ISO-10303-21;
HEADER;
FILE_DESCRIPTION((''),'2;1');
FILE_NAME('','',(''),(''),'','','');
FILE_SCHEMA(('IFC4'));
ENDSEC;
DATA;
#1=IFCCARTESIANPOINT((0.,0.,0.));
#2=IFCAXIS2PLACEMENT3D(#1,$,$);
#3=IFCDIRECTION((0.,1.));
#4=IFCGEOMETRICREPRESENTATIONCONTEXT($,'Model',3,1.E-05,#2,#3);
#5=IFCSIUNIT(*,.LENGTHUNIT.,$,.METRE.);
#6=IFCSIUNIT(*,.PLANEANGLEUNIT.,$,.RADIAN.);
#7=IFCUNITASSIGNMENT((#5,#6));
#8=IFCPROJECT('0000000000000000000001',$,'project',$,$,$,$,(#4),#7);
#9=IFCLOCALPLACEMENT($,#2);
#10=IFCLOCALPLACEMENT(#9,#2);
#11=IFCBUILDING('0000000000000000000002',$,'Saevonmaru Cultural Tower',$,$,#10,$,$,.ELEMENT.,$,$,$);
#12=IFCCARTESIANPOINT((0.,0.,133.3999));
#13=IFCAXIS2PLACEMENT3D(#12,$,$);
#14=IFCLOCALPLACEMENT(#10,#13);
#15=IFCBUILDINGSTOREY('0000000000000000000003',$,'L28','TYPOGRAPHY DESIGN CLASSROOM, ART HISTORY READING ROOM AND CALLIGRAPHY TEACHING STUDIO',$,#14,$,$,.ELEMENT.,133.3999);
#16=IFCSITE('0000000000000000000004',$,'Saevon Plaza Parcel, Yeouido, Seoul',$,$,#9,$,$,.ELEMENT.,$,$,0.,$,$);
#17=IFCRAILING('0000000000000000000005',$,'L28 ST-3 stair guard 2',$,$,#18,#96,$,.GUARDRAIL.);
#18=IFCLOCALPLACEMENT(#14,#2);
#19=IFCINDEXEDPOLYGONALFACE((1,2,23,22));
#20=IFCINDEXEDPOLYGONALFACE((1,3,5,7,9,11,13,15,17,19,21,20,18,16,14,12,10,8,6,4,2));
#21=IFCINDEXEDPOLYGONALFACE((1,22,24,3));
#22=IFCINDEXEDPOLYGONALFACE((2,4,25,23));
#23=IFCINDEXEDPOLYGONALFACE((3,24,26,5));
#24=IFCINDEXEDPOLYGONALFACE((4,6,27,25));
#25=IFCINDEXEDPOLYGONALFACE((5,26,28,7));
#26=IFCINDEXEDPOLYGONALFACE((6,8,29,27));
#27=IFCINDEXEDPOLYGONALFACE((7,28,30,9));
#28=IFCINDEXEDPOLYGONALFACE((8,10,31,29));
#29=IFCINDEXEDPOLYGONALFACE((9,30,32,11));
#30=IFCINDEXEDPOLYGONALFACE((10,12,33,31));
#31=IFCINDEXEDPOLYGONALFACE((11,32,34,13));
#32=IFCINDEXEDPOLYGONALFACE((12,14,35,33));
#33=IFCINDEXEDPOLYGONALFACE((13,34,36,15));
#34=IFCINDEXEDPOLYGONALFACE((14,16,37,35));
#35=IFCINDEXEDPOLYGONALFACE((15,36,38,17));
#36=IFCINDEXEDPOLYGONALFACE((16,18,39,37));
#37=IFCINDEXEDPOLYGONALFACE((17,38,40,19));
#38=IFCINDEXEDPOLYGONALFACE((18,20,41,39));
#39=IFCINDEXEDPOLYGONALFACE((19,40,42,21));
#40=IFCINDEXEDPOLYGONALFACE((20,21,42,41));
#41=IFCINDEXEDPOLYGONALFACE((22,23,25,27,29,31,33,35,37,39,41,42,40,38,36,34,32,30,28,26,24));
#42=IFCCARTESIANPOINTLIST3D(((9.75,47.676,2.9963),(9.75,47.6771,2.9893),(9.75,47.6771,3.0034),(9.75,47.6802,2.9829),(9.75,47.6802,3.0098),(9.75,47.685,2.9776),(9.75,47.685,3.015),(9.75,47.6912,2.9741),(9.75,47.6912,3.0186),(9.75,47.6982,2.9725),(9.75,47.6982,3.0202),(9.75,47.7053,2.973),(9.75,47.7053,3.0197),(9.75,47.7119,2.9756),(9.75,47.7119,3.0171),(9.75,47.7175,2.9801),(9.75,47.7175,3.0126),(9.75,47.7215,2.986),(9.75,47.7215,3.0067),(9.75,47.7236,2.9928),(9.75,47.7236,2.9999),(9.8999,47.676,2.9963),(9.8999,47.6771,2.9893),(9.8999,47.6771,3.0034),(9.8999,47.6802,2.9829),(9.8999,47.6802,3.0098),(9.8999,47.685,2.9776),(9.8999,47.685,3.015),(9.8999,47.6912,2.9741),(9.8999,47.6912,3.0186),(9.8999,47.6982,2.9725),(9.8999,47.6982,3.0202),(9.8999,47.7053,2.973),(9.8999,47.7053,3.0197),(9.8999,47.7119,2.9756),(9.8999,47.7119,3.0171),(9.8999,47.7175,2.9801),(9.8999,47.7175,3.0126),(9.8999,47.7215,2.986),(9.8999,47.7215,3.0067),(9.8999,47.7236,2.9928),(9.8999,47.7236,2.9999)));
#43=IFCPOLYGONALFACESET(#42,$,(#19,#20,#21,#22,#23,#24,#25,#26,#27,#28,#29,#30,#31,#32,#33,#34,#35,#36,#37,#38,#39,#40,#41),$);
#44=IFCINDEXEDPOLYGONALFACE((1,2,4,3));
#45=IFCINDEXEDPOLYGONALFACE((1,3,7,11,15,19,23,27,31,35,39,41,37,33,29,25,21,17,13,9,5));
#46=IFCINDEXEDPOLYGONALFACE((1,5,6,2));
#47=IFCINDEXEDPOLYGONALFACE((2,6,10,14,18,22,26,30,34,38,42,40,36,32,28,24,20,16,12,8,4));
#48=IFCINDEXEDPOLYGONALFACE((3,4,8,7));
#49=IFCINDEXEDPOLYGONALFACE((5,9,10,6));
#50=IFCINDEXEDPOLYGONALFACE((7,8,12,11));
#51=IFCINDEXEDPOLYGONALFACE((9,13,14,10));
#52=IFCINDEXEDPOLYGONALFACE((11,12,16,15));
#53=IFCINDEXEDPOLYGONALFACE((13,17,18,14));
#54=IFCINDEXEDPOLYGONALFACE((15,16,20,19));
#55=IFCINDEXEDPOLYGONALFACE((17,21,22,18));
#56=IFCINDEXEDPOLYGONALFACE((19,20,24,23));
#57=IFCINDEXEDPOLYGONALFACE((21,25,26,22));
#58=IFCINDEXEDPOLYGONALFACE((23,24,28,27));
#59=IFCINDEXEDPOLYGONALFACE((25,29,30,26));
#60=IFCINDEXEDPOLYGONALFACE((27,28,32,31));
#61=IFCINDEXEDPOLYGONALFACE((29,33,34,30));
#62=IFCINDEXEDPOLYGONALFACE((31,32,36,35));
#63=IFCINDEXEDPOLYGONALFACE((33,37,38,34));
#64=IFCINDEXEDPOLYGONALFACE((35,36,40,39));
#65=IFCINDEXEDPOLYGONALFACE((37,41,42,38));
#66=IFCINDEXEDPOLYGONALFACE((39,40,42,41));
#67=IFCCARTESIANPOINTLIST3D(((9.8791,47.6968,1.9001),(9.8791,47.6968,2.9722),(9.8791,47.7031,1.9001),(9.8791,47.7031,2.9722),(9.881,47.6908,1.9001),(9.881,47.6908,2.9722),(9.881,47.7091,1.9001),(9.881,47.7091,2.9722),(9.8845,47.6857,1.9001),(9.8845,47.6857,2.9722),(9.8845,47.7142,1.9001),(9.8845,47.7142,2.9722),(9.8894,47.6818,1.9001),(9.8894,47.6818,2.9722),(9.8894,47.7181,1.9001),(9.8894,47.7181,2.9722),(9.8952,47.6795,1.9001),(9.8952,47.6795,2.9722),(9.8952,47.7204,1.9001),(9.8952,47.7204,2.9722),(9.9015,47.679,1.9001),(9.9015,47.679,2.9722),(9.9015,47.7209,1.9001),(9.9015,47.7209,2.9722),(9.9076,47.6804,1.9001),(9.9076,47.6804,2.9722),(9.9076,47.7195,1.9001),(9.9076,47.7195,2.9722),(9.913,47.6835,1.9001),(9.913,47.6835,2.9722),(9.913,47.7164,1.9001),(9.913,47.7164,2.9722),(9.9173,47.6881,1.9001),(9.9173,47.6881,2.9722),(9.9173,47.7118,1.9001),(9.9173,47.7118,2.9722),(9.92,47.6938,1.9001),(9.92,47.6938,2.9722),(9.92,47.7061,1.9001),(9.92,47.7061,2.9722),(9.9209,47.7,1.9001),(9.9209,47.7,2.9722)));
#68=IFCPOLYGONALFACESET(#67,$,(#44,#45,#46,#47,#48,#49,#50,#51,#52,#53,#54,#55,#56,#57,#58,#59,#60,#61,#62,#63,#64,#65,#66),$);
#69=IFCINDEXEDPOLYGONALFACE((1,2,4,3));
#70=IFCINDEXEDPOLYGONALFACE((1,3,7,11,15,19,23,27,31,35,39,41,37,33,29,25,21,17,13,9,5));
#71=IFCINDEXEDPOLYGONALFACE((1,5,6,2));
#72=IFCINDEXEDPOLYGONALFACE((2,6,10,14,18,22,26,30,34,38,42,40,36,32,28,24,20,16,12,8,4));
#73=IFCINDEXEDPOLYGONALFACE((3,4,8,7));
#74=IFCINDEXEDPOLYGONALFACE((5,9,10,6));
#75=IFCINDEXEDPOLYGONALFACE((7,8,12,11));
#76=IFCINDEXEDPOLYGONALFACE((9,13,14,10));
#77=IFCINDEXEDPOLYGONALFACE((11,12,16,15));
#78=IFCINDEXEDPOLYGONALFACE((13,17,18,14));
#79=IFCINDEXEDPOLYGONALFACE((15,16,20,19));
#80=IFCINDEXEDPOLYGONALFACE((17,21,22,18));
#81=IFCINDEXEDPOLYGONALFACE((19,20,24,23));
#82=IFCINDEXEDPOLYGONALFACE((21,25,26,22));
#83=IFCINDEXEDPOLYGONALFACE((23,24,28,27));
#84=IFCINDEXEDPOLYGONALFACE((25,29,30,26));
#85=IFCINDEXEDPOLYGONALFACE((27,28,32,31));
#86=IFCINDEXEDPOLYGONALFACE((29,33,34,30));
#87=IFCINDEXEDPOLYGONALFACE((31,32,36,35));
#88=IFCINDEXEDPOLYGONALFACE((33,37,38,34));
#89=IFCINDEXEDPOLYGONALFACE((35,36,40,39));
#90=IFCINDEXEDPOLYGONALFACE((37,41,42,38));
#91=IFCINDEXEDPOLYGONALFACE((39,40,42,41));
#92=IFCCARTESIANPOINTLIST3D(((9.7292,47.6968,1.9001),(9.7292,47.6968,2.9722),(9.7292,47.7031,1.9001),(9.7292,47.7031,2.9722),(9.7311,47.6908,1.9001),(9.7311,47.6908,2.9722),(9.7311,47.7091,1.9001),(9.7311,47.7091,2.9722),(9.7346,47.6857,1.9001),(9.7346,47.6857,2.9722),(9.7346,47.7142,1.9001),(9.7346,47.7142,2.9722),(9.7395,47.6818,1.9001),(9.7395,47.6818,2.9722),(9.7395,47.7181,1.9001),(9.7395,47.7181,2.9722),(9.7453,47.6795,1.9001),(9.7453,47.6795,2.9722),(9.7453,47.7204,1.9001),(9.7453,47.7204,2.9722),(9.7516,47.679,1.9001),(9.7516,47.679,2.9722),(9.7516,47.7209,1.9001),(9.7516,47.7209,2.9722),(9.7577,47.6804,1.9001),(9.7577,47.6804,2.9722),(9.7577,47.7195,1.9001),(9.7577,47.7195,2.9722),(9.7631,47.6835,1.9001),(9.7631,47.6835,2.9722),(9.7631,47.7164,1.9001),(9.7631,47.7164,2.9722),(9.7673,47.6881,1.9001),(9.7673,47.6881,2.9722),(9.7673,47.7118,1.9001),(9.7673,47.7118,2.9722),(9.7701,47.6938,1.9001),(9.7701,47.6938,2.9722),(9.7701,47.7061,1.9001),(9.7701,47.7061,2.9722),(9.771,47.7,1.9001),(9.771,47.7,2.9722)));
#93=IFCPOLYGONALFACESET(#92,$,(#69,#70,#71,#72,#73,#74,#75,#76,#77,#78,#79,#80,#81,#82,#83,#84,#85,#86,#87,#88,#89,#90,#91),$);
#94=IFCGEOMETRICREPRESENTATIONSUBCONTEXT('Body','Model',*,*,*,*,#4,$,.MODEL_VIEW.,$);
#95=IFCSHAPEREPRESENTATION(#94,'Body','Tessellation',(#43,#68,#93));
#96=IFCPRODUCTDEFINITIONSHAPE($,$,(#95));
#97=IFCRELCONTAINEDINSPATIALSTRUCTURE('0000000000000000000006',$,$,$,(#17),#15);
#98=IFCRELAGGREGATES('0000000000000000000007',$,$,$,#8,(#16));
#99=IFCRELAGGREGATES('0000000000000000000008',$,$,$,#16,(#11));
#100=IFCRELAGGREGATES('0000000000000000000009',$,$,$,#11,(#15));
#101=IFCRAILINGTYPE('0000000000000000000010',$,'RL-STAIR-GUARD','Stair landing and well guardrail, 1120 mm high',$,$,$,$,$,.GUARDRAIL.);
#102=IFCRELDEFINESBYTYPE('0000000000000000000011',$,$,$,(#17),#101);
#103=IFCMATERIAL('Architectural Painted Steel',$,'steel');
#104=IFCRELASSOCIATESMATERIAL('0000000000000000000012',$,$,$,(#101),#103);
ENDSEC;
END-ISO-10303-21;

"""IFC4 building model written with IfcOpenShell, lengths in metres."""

from ifc_helpers import new_model, si_unit, direction, frame, origin, origin_2d, place, context, subcontext, project, spatial, circle, extrude, material, type_object, element, save


model = new_model("IFC4")

# Units and contexts
model_context = context("Model", 3, precision=1e-05, world=origin(), true_north=direction((0.0, 1.0)))
body_context = subcontext(model_context, "Body", "Model", "MODEL_VIEW")
ifc_project = project(units=[si_unit("LENGTHUNIT", "METRE"), si_unit("PLANEANGLEUNIT", "RADIAN")], contexts=[model_context])

# Site, building, storey
site_placement = place(None, origin())
site = spatial("IfcSite", under=ifc_project, at=site_placement, Name="Saevon Plaza Parcel, Yeouido, Seoul", CompositionType="ELEMENT", RefElevation=0.0)
building_placement = place(site_placement, origin())
building = spatial("IfcBuilding", under=site, at=building_placement, Name="Saevonmaru Cultural Tower", CompositionType="ELEMENT")
storey_placement = place(building_placement, frame((0.0, 0.0, 133.3999)))
storey = spatial("IfcBuildingStorey", under=building, at=storey_placement, Name="L28", Description="TYPOGRAPHY DESIGN CLASSROOM, ART HISTORY READING ROOM AND CALLIGRAPHY TEACHING STUDIO", CompositionType="ELEMENT", Elevation=133.3999)

# Railing
ifc_material_1 = material(Name="Architectural Painted Steel", Category="steel")
railing_type_1 = type_object("IfcRailingType", Name="RL-STAIR-GUARD", Description="Stair landing and well guardrail, 1120 mm high", PredefinedType="GUARDRAIL", material=ifc_material_1)
railing_1_placement = place(storey_placement, frame((9.8999, 47.7, 1.9001)))
element("IfcRailing", 1, at=railing_1_placement, inside=storey, type_object=railing_type_1, Name="L28 ST-3 stair guard 2", PredefinedType="GUARDRAIL", context=body_context, shape_type="SweptSolid", body=[
    extrude(circle(Radius=0.0239, at=origin_2d()), frame((0.0, 0.0, 1.0962), z_axis=(-1.0, 0.0, 0.0), x_axis=(0.0, -1.0, 0.0)), (0.0, 0.0, 1.0), 0.1499),
    extrude(circle(Radius=0.021, at=origin_2d()), origin(), (0.0, 0.0, 1.0), 1.072),
    extrude(circle(Radius=0.021, at=origin_2d()), frame((-0.1499, 0.0, 0.0)), (0.0, 0.0, 1.0), 1.072),
])

save(model, "model.ifc")
